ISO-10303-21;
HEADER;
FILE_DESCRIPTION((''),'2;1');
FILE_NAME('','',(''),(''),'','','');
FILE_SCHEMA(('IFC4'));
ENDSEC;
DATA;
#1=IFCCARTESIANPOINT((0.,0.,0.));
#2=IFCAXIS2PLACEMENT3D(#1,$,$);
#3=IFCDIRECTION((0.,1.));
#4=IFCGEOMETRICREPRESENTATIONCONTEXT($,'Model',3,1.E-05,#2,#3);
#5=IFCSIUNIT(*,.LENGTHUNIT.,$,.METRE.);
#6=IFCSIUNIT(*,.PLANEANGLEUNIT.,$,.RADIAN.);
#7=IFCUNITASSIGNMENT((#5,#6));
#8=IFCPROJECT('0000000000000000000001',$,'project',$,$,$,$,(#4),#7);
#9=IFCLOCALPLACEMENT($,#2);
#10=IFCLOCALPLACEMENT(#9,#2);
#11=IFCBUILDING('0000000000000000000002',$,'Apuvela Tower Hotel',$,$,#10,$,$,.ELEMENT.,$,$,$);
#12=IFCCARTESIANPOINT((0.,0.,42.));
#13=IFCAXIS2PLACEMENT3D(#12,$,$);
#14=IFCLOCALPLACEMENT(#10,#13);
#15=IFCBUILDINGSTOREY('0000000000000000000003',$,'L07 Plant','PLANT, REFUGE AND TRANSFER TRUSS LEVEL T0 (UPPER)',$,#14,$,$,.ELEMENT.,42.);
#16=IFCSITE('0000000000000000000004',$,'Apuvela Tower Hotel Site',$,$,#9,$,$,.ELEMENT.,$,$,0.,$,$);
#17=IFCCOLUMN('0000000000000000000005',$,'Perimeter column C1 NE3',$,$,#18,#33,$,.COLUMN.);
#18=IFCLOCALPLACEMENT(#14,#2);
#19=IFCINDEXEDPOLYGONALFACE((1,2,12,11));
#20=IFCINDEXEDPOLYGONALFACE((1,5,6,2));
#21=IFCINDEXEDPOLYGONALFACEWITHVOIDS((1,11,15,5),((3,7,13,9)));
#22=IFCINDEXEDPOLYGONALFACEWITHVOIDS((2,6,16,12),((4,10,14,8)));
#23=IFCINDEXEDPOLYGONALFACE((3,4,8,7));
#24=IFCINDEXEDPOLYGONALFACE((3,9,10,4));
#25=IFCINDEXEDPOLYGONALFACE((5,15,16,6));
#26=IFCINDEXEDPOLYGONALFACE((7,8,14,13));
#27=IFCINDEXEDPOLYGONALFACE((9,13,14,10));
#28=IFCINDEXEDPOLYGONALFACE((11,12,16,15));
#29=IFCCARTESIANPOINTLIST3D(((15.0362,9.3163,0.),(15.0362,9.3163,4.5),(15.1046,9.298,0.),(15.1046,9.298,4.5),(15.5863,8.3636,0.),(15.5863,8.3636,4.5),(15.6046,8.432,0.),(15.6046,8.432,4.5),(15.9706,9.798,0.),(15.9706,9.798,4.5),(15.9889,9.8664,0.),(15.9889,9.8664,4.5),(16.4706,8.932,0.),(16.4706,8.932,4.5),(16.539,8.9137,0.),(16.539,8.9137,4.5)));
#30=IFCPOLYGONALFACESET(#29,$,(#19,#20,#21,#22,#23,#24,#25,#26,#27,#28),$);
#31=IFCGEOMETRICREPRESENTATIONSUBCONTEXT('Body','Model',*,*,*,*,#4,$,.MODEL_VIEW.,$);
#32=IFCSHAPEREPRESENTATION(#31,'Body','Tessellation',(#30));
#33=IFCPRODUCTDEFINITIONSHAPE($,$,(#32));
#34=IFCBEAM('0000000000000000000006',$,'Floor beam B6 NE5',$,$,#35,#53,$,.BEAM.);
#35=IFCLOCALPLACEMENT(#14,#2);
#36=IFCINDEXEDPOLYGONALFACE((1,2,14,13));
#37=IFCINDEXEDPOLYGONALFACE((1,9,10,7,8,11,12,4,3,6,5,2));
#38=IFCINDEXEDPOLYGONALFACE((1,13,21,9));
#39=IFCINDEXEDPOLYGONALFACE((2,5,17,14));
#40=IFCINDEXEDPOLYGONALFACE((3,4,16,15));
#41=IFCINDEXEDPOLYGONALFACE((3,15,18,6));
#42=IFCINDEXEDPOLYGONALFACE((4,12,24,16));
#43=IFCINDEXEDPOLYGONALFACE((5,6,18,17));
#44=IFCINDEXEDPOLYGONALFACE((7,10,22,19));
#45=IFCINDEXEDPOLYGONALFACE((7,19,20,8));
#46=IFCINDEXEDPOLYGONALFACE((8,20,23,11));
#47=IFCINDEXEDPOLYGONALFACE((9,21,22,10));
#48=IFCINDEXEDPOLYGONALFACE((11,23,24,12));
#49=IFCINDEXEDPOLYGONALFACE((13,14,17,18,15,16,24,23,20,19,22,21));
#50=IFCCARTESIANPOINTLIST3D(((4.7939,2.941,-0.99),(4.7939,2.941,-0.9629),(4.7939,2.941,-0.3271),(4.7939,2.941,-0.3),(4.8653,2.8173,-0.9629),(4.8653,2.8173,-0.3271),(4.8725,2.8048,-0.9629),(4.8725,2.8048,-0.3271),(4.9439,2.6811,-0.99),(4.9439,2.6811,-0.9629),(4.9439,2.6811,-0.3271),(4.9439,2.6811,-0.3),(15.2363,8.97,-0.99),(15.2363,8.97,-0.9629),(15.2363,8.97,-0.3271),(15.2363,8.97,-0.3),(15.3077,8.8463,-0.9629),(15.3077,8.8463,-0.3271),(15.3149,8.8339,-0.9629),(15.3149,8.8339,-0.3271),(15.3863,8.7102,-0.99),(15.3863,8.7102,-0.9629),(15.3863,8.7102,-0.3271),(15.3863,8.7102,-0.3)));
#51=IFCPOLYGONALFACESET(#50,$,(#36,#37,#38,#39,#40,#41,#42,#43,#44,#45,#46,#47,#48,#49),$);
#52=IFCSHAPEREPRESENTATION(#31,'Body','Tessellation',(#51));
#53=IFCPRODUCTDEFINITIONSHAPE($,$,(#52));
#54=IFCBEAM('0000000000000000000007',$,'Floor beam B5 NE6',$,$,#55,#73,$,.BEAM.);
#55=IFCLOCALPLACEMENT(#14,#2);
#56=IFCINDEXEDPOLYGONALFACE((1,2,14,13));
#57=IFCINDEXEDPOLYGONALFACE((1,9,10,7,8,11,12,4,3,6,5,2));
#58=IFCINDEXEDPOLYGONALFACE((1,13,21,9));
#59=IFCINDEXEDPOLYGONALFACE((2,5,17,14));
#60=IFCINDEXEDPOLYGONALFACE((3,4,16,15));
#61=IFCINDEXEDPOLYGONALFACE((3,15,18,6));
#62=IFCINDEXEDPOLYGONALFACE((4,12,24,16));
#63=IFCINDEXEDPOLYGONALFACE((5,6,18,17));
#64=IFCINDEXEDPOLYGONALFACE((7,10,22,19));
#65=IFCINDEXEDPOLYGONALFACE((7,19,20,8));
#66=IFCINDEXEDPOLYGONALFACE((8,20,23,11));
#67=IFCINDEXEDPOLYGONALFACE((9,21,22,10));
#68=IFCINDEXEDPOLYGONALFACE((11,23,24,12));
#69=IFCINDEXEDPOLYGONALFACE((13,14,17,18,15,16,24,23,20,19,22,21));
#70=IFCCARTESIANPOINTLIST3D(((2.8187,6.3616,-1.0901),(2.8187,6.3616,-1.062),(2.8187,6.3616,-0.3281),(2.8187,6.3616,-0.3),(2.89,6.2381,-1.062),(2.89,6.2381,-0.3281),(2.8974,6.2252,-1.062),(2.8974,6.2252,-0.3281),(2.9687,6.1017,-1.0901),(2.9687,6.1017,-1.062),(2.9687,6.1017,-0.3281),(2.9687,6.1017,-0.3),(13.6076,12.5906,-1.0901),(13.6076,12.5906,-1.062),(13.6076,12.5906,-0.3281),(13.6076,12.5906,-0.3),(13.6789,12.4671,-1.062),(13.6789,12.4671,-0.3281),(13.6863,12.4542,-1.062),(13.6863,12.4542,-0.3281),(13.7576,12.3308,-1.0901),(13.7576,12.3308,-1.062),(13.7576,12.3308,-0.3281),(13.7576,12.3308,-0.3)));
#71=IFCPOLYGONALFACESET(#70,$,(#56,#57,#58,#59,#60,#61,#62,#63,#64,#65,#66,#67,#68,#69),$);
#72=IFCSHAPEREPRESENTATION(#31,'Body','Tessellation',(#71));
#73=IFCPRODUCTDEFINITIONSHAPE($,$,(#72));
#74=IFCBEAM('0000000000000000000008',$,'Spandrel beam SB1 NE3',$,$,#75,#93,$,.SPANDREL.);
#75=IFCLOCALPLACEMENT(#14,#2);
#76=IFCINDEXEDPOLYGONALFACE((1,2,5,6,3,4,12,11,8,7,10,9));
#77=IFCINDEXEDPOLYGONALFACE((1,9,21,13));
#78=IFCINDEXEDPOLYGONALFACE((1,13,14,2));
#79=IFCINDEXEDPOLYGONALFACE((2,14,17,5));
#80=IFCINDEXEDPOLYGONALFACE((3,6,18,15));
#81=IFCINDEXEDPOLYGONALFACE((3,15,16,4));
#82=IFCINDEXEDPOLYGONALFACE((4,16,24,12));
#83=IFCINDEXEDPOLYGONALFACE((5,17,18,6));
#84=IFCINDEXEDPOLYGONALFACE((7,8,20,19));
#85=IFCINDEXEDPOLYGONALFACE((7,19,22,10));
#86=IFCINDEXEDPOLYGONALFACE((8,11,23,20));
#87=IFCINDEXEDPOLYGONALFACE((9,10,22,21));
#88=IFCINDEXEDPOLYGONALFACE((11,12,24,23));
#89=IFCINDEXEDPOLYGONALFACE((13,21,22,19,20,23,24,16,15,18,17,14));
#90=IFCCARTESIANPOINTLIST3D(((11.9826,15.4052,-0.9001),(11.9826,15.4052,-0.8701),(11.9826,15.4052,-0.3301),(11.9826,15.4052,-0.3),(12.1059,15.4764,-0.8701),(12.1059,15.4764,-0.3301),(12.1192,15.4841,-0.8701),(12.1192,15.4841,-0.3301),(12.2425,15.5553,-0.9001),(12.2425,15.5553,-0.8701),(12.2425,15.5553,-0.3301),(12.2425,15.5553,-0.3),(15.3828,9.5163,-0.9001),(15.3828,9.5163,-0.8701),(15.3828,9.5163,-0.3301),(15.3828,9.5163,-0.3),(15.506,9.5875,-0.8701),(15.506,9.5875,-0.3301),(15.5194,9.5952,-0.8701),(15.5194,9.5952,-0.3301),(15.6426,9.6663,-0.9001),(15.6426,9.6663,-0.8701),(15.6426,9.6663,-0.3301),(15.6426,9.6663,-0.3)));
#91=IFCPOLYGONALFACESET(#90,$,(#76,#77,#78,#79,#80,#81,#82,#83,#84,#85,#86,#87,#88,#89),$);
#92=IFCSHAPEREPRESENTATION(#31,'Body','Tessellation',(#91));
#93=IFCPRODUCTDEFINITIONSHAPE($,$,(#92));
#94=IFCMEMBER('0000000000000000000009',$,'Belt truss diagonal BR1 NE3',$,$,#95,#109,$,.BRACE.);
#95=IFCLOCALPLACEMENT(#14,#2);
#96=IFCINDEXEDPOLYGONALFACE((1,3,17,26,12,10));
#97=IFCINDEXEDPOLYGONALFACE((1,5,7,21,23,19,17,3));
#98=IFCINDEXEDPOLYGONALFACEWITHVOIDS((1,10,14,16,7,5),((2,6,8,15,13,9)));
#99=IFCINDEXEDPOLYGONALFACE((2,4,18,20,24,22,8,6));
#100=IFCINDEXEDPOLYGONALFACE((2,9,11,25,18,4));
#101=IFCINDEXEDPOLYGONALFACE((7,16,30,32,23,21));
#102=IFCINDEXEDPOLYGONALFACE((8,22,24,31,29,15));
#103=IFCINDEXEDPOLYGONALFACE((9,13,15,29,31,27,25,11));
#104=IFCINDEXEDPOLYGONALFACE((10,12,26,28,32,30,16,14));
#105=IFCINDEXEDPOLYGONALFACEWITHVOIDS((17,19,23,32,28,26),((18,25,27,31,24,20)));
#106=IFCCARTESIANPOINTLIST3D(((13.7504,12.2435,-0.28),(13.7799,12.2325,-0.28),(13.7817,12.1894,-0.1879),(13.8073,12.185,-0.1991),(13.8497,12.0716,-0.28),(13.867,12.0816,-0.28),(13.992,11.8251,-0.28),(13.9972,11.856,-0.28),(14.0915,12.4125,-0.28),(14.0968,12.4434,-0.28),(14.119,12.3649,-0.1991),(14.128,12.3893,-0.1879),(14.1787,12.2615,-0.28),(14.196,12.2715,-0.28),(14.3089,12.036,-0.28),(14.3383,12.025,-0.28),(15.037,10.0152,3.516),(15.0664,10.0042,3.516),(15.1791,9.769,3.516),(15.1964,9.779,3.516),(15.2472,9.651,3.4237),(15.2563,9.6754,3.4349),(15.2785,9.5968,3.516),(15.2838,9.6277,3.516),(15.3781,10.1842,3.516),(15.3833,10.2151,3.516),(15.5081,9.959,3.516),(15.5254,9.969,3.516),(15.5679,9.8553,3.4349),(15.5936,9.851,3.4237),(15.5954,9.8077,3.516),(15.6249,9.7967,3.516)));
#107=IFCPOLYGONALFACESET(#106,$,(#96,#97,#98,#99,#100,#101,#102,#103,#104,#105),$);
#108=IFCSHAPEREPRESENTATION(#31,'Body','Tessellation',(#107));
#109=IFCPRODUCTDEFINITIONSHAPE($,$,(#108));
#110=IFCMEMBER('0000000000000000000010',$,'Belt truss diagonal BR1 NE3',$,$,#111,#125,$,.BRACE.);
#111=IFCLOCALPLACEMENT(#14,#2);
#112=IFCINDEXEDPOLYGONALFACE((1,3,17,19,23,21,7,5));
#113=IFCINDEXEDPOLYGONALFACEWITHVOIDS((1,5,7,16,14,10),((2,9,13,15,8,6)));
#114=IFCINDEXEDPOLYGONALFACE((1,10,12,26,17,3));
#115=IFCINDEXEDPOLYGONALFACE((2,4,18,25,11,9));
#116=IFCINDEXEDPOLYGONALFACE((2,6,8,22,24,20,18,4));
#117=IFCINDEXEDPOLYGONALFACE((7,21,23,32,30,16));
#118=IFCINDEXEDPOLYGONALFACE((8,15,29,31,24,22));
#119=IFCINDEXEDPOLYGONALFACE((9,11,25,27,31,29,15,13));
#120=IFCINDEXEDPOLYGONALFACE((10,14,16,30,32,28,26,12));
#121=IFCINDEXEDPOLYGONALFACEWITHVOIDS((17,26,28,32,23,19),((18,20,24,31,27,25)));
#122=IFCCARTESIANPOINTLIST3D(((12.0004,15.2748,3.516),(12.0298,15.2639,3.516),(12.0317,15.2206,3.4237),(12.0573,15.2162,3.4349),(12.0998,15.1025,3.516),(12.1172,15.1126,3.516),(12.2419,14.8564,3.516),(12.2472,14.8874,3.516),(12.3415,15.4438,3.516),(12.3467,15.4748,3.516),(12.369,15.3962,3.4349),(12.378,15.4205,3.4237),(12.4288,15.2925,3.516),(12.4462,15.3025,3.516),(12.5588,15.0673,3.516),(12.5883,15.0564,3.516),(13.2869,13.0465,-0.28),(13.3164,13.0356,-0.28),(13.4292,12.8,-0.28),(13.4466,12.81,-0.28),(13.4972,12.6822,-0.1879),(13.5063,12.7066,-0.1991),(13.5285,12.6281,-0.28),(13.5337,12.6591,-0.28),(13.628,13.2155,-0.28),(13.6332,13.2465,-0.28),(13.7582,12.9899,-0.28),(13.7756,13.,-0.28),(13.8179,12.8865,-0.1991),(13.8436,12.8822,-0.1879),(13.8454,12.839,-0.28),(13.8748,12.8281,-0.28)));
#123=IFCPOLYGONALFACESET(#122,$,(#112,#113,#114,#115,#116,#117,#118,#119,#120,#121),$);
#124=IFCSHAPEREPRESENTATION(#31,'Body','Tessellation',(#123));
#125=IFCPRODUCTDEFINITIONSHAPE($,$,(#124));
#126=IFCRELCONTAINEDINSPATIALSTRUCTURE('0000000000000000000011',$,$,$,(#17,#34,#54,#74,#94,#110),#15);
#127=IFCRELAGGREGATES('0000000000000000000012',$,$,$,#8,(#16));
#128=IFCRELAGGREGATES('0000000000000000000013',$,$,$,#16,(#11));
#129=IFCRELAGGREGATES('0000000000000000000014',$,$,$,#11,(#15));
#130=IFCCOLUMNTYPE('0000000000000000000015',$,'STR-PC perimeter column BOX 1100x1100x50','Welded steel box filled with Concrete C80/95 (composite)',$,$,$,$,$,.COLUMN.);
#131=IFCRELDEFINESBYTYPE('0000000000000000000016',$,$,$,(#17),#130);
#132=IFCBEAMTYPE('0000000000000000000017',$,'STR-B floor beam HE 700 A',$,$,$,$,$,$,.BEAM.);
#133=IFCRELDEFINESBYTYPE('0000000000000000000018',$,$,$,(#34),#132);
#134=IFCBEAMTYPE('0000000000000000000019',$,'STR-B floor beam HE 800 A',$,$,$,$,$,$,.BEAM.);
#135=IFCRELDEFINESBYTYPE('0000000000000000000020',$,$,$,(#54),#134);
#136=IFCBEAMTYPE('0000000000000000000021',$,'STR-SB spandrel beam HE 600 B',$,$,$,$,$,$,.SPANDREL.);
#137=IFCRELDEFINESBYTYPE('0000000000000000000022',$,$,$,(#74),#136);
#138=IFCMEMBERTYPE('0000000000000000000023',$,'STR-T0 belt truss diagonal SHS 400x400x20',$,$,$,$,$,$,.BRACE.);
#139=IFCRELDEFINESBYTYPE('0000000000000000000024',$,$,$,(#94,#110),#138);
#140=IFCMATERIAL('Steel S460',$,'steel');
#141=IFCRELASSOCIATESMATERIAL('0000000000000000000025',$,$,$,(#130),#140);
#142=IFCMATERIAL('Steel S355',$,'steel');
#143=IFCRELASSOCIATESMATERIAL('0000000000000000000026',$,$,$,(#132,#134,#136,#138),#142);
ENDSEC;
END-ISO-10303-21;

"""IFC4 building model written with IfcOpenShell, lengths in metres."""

from ifc_helpers import new_model, si_unit, direction, frame, origin, origin_2d, place, context, subcontext, project, spatial, rectangle, hollow_rectangle, i_section, extrude, boolean, halfspace, material, material_profile, profile_set, type_object, element, save


model = new_model("IFC4")

# Units and contexts
model_context = context("Model", 3, precision=1e-05, world=origin(), true_north=direction((0.0, 1.0)))
body_context = subcontext(model_context, "Body", "Model", "MODEL_VIEW")
ifc_project = project(units=[si_unit("LENGTHUNIT", "METRE"), si_unit("PLANEANGLEUNIT", "RADIAN")], contexts=[model_context])

# Site, building, storey
site_placement = place(None, origin())
site = spatial("IfcSite", under=ifc_project, at=site_placement, Name="Apuvela Tower Hotel Site", CompositionType="ELEMENT", RefElevation=0.0)
building_placement = place(site_placement, origin())
building = spatial("IfcBuilding", under=site, at=building_placement, Name="Apuvela Tower Hotel", CompositionType="ELEMENT")
storey_placement = place(building_placement, frame((0.0, 0.0, 42.0)))
storey = spatial("IfcBuildingStorey", under=building, at=storey_placement, Name="L07 Plant", Description="PLANT, REFUGE AND TRANSFER TRUSS LEVEL T0 (UPPER)", CompositionType="ELEMENT", Elevation=42.0)

# Column
ifc_material_1 = material(Name="Steel S460", Category="steel")
ifc_material_profile_1 = material_profile(ifc_material_1, hollow_rectangle(XDim=1.1001, YDim=1.1001, WallThickness=0.05, at=origin_2d()), Name="BOX 1100x1100x50")
ifc_material_2 = material(Name="Concrete C80/95", Category="concrete")
ifc_material_profile_2 = material_profile(ifc_material_2, rectangle(XDim=1.0, YDim=1.0, at=origin_2d()), Name="Concrete C80/95 infill")
ifc_profile_set_1 = profile_set([ifc_material_profile_1, ifc_material_profile_2], Name="Steel S460")
column_type = type_object("IfcColumnType", Name="STR-PC perimeter column BOX 1100x1100x50", Description="Welded steel box filled with Concrete C80/95 (composite)", PredefinedType="COLUMN", material=ifc_profile_set_1)
column_placement = place(storey_placement, frame((15.7876, 9.115, 0.0), z_axis=(0.0, 0.0, 1.0), x_axis=(-0.5, 0.866025, 0.0)))
element("IfcColumn", 1, at=column_placement, inside=storey, type_object=column_type, Name="Perimeter column C1 NE3", PredefinedType="COLUMN", context=body_context, shape_type="SweptSolid", body=[
    extrude(hollow_rectangle(XDim=1.1001, YDim=1.1001, WallThickness=0.05, at=origin_2d()), origin(), (0.0, 0.0, 1.0), 4.5),
])

# Beams
ifc_material_3 = material(Name="Steel S355", Category="steel")
ifc_material_profile_3 = material_profile(ifc_material_3, i_section(OverallWidth=0.3, OverallDepth=0.6899, WebThickness=0.0144, FlangeThickness=0.0271, at=origin_2d()), Name="HE 700 A")
ifc_profile_set_2 = profile_set([ifc_material_profile_3], Name="Steel S355")
beam_type_1 = type_object("IfcBeamType", Name="STR-B floor beam HE 700 A", PredefinedType="BEAM", material=ifc_profile_set_2)
beam_1_placement = place(storey_placement, frame((15.3113, 8.8401, -0.645), z_axis=(-0.86602, -0.500009, 0.0), x_axis=(0.500009, -0.86602, 0.0)))
element("IfcBeam", 2, at=beam_1_placement, inside=storey, type_object=beam_type_1, Name="Floor beam B6 NE5", PredefinedType="BEAM", context=body_context, shape_type="SweptSolid", body=[
    extrude(i_section(OverallWidth=0.3, OverallDepth=0.6899, WebThickness=0.0144, FlangeThickness=0.0271, at=origin_2d()), origin(), (0.0, 0.0, 1.0), 12.0579),
])
ifc_material_profile_4 = material_profile(ifc_material_3, i_section(OverallWidth=0.3, OverallDepth=0.79, WebThickness=0.0149, FlangeThickness=0.0281, at=origin_2d()), Name="HE 800 A")
ifc_profile_set_3 = profile_set([ifc_material_profile_4], Name="Steel S355")
beam_type_2 = type_object("IfcBeamType", Name="STR-B floor beam HE 800 A", PredefinedType="BEAM", material=ifc_profile_set_3)
beam_2_placement = place(storey_placement, frame((13.6826, 12.4607, -0.6951), z_axis=(-0.866023, -0.500005, 0.0), x_axis=(0.500005, -0.866023, 0.0)))
element("IfcBeam", 3, at=beam_2_placement, inside=storey, type_object=beam_type_2, Name="Floor beam B5 NE6", PredefinedType="BEAM", context=body_context, shape_type="SweptSolid", body=[
    extrude(i_section(OverallWidth=0.3, OverallDepth=0.79, WebThickness=0.0149, FlangeThickness=0.0281, at=origin_2d()), origin(), (0.0, 0.0, 1.0), 12.458),
])
ifc_material_profile_5 = material_profile(ifc_material_3, i_section(OverallWidth=0.3, OverallDepth=0.6001, WebThickness=0.0154, FlangeThickness=0.03, at=origin_2d()), Name="HE 600 B")
ifc_profile_set_4 = profile_set([ifc_material_profile_5], Name="Steel S355")
beam_type_3 = type_object("IfcBeamType", Name="STR-SB spandrel beam HE 600 B", PredefinedType="SPANDREL", material=ifc_profile_set_4)
beam_3_placement = place(storey_placement, frame((15.5127, 9.5913, -0.6001), z_axis=(-0.50002, 0.866014, 0.0), x_axis=(-0.866014, -0.50002, 0.0)))
element("IfcBeam", 4, at=beam_3_placement, inside=storey, type_object=beam_type_3, Name="Spandrel beam SB1 NE3", PredefinedType="SPANDREL", context=body_context, shape_type="SweptSolid", body=[
    extrude(i_section(OverallWidth=0.3, OverallDepth=0.6001, WebThickness=0.0154, FlangeThickness=0.03, at=origin_2d()), origin(), (0.0, 0.0, 1.0), 6.8),
])

# Members
ifc_material_profile_6 = material_profile(ifc_material_3, hollow_rectangle(XDim=0.3999, YDim=0.3999, WallThickness=0.02, at=origin_2d()), Name="SHS 400x400x20")
ifc_profile_set_5 = profile_set([ifc_material_profile_6], Name="Steel S355")
member_type = type_object("IfcMemberType", Name="STR-T0 belt truss diagonal SHS 400x400x20", PredefinedType="BRACE", material=ifc_profile_set_5)
member_1_placement = place(storey_placement, frame((14.0376, 12.146, -0.3), z_axis=(0.280541, -0.485902, 0.827766), x_axis=(-0.413889, 0.716863, 0.561073)))
solid_1 = boolean("DIFFERENCE", boolean("DIFFERENCE", extrude(hollow_rectangle(XDim=0.3999, YDim=0.3999, WallThickness=0.02, at=origin_2d()), frame((0.0, 0.0, -0.2556)), (0.0, 0.0, 1.0), 5.1453), halfspace(frame((0.0, 0.0, 0.0242), z_axis=(0.561073, 0.0, 0.827766), x_axis=(0.827766, 0.0, -0.561073)), True)), halfspace(frame((0.0, 0.0, 4.6101), z_axis=(0.561073, 0.0, 0.827766), x_axis=(0.827766, 0.0, -0.561073)), False))
element("IfcMember", 5, at=member_1_placement, inside=storey, type_object=member_type, Name="Belt truss diagonal BR1 NE3", PredefinedType="BRACE", context=body_context, shape_type="SweptSolid", body=[
    boolean("UNION", boolean("DIFFERENCE", boolean("DIFFERENCE", extrude(hollow_rectangle(XDim=0.3999, YDim=0.3999, WallThickness=0.02, at=origin_2d()), origin(), (0.0, 0.0, 1.0), 4.634), halfspace(frame((0.0, 0.0, 0.0242), z_axis=(0.561073, 0.0, 0.827766), x_axis=(0.827766, 0.0, -0.561073)), True)), halfspace(frame((0.0, 0.0, 4.6101), z_axis=(0.561073, 0.0, 0.827766), x_axis=(0.827766, 0.0, -0.561073)), False)), solid_1),
])
member_2_placement = place(storey_placement, frame((13.5876, 12.9255, -0.3), z_axis=(-0.280541, 0.485902, 0.827766), x_axis=(0.413889, -0.716863, 0.561073)))
solid_2 = boolean("DIFFERENCE", boolean("DIFFERENCE", extrude(hollow_rectangle(XDim=0.3999, YDim=0.3999, WallThickness=0.02, at=origin_2d()), frame((0.0, 0.0, -0.2556)), (0.0, 0.0, 1.0), 5.1453), halfspace(frame((0.0, 0.0, 0.0242), z_axis=(0.561073, 0.0, 0.827766), x_axis=(0.827766, 0.0, -0.561073)), True)), halfspace(frame((0.0, 0.0, 4.6101), z_axis=(0.561073, 0.0, 0.827766), x_axis=(0.827766, 0.0, -0.561073)), False))
element("IfcMember", 6, at=member_2_placement, inside=storey, type_object=member_type, Name="Belt truss diagonal BR1 NE3", PredefinedType="BRACE", context=body_context, shape_type="SweptSolid", body=[
    boolean("UNION", boolean("DIFFERENCE", boolean("DIFFERENCE", extrude(hollow_rectangle(XDim=0.3999, YDim=0.3999, WallThickness=0.02, at=origin_2d()), origin(), (0.0, 0.0, 1.0), 4.634), halfspace(frame((0.0, 0.0, 0.0242), z_axis=(0.561073, 0.0, 0.827766), x_axis=(0.827766, 0.0, -0.561073)), True)), halfspace(frame((0.0, 0.0, 4.6101), z_axis=(0.561073, 0.0, 0.827766), x_axis=(0.827766, 0.0, -0.561073)), False)), solid_2),
])

save(model, "model.ifc")
